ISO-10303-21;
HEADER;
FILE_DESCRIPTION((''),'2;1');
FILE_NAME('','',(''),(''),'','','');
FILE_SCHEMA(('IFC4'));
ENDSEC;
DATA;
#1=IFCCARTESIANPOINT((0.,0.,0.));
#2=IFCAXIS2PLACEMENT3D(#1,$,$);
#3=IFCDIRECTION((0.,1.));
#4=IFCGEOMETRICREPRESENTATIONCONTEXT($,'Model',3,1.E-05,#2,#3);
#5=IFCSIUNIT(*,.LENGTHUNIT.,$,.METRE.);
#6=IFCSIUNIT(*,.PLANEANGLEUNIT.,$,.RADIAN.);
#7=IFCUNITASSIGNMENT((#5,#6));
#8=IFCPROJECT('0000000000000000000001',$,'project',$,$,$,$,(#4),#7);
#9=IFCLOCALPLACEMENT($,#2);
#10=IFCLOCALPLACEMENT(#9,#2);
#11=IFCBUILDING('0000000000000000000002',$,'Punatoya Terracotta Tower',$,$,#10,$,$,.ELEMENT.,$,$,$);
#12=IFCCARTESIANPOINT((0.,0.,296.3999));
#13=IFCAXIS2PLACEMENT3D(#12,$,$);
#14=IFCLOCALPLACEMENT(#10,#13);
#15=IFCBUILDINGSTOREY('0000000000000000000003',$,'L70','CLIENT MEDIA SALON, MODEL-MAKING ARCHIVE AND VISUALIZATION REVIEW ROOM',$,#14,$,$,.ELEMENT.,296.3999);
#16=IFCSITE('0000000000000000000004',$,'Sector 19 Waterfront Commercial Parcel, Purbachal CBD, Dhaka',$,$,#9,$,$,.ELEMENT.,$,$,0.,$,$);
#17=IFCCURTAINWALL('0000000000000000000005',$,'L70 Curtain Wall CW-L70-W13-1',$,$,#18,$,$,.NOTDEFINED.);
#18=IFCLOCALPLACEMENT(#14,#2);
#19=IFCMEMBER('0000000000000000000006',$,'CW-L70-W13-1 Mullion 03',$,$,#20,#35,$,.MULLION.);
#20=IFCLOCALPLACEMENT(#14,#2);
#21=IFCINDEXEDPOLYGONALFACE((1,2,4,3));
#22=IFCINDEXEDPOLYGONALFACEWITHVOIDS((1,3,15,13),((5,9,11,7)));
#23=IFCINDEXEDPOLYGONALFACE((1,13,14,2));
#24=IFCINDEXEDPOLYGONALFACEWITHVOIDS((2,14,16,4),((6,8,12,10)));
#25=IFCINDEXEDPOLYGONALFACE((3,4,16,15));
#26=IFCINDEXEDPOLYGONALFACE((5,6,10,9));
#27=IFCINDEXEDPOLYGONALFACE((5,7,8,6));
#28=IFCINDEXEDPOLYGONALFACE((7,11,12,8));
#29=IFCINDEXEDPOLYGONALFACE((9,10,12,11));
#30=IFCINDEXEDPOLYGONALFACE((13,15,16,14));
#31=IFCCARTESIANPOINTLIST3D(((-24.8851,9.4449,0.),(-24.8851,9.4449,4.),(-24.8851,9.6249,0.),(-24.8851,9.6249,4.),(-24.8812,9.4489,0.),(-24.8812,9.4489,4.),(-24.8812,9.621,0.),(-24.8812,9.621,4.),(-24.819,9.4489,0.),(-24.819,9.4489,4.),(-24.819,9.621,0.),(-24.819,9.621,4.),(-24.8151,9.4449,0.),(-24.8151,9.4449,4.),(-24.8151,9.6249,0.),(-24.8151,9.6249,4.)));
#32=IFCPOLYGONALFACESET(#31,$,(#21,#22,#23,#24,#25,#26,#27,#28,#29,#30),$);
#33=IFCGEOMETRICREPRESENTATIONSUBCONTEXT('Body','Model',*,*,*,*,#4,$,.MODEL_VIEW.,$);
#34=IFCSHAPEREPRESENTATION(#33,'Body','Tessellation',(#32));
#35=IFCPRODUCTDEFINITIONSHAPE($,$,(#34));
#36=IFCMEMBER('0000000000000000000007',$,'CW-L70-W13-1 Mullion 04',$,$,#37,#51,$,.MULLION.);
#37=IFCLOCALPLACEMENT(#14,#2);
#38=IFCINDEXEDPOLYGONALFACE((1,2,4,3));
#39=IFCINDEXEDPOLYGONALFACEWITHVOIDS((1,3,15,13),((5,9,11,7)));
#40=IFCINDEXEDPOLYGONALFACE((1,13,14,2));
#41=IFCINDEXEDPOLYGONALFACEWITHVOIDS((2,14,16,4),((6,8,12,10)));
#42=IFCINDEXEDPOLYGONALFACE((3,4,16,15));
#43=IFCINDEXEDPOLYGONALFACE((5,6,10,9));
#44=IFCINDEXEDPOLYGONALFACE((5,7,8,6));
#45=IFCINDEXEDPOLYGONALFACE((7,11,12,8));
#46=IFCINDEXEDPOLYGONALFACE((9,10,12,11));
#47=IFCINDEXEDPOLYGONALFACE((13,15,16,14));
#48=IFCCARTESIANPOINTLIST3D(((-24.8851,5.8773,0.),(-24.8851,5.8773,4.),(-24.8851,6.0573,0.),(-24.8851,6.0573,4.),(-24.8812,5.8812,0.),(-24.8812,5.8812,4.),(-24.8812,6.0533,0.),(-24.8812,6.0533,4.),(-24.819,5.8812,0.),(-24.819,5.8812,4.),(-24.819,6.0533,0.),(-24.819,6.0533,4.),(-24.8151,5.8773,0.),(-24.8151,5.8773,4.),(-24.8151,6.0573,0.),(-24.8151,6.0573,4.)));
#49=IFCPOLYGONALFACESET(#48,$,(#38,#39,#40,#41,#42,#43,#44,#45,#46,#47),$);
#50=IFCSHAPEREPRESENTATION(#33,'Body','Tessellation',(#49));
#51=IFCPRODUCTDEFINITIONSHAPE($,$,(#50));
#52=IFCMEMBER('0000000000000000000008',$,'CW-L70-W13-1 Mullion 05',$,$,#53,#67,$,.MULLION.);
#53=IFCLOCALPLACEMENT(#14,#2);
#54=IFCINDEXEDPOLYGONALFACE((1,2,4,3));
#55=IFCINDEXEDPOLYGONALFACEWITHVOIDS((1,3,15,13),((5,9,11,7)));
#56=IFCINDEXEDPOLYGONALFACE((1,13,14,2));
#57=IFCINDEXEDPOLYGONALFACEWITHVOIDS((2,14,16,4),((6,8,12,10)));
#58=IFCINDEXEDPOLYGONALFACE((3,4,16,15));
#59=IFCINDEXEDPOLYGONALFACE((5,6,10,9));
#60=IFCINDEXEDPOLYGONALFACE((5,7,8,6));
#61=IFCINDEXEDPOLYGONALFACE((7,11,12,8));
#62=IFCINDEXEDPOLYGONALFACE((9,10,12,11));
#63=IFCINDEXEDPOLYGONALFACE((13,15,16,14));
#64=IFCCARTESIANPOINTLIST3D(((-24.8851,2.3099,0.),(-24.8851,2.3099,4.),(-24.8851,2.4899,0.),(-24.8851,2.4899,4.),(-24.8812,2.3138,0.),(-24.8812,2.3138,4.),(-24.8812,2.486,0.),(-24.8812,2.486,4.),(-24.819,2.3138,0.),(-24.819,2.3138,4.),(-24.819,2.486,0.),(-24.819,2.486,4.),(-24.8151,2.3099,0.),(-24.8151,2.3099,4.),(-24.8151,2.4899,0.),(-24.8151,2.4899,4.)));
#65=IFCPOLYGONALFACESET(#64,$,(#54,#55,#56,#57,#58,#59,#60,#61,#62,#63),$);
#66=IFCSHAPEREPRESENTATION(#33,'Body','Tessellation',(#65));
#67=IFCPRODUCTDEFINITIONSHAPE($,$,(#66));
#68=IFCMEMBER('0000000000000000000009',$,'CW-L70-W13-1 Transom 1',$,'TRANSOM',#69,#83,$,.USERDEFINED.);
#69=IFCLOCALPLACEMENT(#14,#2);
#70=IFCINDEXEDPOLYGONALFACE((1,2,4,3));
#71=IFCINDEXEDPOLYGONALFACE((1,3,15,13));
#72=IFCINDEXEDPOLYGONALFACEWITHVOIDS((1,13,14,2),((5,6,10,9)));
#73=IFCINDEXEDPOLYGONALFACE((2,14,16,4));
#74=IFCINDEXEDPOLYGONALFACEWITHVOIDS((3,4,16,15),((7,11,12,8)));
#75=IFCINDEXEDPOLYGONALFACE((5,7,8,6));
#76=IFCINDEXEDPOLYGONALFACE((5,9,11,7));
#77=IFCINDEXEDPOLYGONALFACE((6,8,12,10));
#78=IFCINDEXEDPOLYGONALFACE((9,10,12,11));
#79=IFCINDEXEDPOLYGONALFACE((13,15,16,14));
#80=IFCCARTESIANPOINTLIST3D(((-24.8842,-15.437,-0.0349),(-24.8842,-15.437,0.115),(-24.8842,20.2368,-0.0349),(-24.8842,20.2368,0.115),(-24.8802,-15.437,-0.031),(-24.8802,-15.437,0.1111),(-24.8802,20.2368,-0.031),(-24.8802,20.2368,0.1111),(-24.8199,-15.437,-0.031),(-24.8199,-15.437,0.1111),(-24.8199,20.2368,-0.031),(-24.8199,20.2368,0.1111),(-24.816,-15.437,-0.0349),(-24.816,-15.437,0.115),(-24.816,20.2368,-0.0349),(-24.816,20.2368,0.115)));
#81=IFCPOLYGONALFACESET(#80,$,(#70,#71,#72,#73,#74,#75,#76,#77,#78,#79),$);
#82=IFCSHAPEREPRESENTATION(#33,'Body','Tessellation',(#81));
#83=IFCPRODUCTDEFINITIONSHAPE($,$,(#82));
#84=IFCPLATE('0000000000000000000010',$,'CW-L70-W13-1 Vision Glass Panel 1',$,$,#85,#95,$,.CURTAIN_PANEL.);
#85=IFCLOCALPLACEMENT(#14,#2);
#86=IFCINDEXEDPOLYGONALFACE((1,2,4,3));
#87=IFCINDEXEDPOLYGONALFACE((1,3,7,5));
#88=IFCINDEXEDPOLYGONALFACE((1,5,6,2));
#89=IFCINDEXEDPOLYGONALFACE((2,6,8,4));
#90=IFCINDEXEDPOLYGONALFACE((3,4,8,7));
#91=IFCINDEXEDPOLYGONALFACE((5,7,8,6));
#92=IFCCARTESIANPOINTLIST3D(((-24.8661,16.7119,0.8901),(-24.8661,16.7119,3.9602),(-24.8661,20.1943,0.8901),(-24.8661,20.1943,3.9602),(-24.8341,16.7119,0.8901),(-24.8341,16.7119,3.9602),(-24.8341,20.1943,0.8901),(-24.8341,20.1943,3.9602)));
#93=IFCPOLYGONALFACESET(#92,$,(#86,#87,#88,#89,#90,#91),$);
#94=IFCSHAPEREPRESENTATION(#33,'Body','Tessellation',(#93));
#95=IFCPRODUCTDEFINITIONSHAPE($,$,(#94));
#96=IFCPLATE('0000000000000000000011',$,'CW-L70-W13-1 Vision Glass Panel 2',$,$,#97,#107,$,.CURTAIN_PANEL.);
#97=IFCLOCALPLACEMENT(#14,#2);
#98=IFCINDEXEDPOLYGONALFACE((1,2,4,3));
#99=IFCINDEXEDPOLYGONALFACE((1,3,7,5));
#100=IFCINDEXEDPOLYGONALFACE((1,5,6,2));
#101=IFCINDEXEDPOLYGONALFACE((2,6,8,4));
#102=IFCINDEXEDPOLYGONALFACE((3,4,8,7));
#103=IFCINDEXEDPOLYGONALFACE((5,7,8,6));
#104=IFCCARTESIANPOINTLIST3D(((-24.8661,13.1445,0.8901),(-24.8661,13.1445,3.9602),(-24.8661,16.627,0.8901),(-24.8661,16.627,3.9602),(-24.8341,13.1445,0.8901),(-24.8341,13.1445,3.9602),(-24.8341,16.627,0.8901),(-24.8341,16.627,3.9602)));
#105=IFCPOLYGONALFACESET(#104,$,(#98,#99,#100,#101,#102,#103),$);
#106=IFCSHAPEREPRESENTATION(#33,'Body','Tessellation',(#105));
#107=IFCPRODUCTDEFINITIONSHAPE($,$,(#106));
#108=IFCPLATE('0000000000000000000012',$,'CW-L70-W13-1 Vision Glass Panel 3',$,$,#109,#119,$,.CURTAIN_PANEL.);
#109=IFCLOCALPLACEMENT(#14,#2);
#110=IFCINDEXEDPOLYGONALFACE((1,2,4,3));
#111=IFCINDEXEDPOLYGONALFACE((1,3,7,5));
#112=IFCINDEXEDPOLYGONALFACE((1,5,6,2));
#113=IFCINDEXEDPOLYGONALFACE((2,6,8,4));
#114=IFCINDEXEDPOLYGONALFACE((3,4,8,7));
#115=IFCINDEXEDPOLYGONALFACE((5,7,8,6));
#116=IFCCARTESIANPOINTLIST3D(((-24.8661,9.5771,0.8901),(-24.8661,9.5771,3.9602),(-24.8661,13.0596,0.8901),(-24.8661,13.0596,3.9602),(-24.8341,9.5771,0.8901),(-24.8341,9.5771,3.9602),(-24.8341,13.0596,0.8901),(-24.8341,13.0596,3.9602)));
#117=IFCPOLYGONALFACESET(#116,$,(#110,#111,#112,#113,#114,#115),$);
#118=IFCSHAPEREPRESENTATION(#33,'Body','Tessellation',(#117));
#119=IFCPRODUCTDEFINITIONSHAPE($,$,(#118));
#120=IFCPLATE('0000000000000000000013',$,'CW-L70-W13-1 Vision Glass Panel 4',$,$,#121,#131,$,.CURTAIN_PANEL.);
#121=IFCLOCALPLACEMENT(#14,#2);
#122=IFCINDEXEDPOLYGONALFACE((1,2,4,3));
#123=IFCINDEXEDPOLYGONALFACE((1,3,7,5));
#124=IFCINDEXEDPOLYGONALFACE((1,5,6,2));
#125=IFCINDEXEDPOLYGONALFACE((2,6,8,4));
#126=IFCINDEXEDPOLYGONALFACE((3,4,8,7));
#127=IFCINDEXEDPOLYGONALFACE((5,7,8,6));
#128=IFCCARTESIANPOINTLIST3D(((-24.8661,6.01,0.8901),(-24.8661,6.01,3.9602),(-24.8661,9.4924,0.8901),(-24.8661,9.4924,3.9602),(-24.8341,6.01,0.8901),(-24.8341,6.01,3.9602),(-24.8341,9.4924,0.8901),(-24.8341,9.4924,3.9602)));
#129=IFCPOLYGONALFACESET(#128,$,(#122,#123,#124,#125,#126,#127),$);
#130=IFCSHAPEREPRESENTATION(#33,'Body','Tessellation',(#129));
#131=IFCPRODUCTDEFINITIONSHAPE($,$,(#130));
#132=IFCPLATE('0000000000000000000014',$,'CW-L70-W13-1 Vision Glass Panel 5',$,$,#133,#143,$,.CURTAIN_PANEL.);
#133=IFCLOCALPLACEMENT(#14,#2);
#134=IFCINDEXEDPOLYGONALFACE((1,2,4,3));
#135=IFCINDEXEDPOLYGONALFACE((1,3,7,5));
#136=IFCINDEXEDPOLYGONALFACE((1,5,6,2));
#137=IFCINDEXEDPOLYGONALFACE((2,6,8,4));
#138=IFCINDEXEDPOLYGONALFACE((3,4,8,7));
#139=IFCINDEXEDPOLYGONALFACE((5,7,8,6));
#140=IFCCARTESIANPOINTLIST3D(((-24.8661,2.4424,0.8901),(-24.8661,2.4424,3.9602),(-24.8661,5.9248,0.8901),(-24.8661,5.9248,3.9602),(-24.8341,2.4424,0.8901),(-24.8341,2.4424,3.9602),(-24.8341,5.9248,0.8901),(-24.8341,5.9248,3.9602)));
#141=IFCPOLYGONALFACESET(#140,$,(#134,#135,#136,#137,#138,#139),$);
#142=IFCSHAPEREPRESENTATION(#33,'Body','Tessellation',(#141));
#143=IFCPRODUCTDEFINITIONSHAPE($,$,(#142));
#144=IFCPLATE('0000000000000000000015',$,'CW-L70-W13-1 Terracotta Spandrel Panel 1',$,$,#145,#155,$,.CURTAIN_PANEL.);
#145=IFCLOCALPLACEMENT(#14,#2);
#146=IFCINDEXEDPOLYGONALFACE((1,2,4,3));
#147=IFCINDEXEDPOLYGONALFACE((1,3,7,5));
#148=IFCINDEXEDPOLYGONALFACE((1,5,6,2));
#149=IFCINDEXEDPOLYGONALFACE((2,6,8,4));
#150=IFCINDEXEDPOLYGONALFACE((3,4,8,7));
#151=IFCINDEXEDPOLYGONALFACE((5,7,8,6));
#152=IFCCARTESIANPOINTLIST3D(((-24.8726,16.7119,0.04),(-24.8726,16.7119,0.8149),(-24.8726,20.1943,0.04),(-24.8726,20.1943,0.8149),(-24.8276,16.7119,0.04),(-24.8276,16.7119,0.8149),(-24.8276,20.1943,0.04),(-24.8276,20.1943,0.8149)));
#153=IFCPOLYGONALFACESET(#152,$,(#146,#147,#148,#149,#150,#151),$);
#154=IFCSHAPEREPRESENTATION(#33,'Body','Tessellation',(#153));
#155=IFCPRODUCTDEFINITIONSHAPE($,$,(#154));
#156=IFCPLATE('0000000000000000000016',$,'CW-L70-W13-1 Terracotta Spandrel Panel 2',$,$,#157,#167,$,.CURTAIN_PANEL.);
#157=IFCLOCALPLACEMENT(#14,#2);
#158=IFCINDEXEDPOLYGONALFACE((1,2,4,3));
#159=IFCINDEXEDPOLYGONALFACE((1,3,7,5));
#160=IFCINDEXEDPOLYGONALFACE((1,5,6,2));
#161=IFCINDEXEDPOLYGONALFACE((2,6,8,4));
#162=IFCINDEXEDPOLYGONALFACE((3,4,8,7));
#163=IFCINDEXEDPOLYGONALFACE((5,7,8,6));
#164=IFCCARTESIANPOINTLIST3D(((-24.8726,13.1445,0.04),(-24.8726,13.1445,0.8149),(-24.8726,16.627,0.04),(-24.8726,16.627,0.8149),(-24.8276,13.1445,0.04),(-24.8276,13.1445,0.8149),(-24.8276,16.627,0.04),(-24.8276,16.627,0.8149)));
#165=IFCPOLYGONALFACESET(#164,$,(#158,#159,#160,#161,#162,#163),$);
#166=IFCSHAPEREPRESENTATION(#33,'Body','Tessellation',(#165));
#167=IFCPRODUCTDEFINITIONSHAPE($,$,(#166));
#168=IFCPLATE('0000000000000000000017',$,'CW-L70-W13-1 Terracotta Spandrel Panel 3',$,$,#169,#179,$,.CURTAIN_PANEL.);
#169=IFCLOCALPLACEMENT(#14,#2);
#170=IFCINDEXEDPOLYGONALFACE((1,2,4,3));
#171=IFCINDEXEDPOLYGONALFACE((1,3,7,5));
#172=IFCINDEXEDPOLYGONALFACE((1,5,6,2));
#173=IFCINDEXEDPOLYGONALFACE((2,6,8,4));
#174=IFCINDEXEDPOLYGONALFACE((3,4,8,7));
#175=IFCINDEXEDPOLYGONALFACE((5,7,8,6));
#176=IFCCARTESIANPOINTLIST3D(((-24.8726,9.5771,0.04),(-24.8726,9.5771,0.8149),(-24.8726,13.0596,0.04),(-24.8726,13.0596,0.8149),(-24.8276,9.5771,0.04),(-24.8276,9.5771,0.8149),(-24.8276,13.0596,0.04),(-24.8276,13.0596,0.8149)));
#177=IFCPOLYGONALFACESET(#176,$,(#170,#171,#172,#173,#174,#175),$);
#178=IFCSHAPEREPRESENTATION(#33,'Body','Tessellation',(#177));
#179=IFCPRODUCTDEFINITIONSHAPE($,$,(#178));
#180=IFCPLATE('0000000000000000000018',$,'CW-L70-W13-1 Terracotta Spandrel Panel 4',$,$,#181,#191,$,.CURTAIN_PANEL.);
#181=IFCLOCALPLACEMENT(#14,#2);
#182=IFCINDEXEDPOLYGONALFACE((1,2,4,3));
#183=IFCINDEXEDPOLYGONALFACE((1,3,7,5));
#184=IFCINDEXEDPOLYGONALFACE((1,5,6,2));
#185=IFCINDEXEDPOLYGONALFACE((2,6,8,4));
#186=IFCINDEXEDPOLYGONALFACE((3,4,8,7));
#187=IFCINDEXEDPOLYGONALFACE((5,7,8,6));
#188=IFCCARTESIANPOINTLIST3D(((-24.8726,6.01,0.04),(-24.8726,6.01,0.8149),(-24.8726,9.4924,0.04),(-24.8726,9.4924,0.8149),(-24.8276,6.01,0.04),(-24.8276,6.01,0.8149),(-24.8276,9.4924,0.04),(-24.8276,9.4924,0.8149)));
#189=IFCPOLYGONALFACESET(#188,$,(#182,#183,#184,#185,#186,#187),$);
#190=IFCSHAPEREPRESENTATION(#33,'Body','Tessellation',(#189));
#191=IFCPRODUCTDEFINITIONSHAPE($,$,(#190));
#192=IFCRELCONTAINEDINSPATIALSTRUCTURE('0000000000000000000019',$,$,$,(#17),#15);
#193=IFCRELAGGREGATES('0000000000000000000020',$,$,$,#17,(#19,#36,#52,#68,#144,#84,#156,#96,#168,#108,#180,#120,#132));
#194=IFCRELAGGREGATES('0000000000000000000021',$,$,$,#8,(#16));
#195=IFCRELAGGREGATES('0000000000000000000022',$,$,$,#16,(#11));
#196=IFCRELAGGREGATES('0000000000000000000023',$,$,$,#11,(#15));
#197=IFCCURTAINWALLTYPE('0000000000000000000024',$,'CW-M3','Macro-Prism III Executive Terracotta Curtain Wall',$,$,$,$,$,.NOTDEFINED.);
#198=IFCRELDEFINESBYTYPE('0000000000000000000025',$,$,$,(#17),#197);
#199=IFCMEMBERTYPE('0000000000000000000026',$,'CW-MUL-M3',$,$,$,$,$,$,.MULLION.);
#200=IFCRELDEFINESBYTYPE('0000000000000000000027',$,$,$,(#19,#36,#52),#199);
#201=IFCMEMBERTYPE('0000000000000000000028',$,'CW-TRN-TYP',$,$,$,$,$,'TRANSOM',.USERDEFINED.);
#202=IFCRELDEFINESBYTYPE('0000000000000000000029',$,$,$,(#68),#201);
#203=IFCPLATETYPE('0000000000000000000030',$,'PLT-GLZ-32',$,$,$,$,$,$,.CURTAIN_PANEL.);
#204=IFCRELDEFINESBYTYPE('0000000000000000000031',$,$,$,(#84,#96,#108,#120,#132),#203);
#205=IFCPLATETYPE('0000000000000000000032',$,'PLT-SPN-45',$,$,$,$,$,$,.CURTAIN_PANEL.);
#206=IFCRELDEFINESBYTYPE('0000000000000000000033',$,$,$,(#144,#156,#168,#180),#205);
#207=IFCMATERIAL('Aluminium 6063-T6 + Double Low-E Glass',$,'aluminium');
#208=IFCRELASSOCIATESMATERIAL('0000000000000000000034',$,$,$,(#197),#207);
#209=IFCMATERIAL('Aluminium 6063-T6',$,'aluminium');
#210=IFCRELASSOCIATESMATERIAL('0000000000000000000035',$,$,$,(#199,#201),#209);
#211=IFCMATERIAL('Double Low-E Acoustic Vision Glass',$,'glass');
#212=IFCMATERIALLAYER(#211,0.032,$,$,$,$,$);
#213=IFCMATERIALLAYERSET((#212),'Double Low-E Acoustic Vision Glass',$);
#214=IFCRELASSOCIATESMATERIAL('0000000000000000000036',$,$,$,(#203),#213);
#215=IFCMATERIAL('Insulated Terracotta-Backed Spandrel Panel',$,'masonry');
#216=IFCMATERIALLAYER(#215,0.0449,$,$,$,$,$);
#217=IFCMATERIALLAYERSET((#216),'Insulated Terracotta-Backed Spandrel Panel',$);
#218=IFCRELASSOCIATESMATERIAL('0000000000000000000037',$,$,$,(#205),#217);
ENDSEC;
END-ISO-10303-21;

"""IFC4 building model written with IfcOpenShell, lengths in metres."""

from ifc_helpers import new_model, si_unit, direction, frame, origin, origin_2d, place, context, subcontext, project, spatial, rectangle, hollow_rectangle, extrude, material, layer, layer_set, material_profile, profile_set, type_object, element, aggregate, save


model = new_model("IFC4")

# Units and contexts
model_context = context("Model", 3, precision=1e-05, world=origin(), true_north=direction((0.0, 1.0)))
body_context = subcontext(model_context, "Body", "Model", "MODEL_VIEW")
ifc_project = project(units=[si_unit("LENGTHUNIT", "METRE"), si_unit("PLANEANGLEUNIT", "RADIAN")], contexts=[model_context])

# Site, building, storey
site_placement = place(None, origin())
site = spatial("IfcSite", under=ifc_project, at=site_placement, Name="Sector 19 Waterfront Commercial Parcel, Purbachal CBD, Dhaka", CompositionType="ELEMENT", RefElevation=0.0)
building_placement = place(site_placement, origin())
building = spatial("IfcBuilding", under=site, at=building_placement, Name="Punatoya Terracotta Tower", CompositionType="ELEMENT")
storey_placement = place(building_placement, frame((0.0, 0.0, 296.3999)))
storey = spatial("IfcBuildingStorey", under=building, at=storey_placement, Name="L70", Description="CLIENT MEDIA SALON, MODEL-MAKING ARCHIVE AND VISUALIZATION REVIEW ROOM", CompositionType="ELEMENT", Elevation=296.3999)

# Curtain wall, members, plates
ifc_material_1 = material(Name="Aluminium 6063-T6 + Double Low-E Glass", Category="aluminium")
curtain_wall_type = type_object("IfcCurtainWallType", Name="CW-M3", Description="Macro-Prism III Executive Terracotta Curtain Wall", PredefinedType="NOTDEFINED", material=ifc_material_1)
curtain_wall_placement = place(storey_placement, origin())
curtain_wall = element("IfcCurtainWall", 1, at=curtain_wall_placement, inside=storey, type_object=curtain_wall_type, Name="L70 Curtain Wall CW-L70-W13-1", PredefinedType="NOTDEFINED")
ifc_material_2 = material(Name="Aluminium 6063-T6", Category="aluminium")
ifc_material_profile_1 = material_profile(ifc_material_2, hollow_rectangle(XDim=0.0701, YDim=0.1799, WallThickness=0.0039, at=origin_2d()))
ifc_profile_set_1 = profile_set([ifc_material_profile_1], Name="Aluminium 6063-T6")
member_type_1 = type_object("IfcMemberType", Name="CW-MUL-M3", PredefinedType="MULLION", material=ifc_profile_set_1)
member_1_placement = place(storey_placement, frame((-24.8501, 9.5349, 0.0), z_axis=(0.0, 0.0, 1.0), x_axis=(1.0, 0.0, 0.0)))
member_1 = element("IfcMember", 2, at=member_1_placement, type_object=member_type_1, Name="CW-L70-W13-1 Mullion 03", PredefinedType="MULLION", context=body_context, shape_type="SweptSolid", body=[
    extrude(hollow_rectangle(XDim=0.0701, YDim=0.1799, WallThickness=0.0039, at=origin_2d()), origin(), (0.0, 0.0, 1.0), 4.0),
])
member_2_placement = place(storey_placement, frame((-24.8501, 5.9673, 0.0), z_axis=(0.0, 0.0, 1.0), x_axis=(1.0, 0.0, 0.0)))
member_2 = element("IfcMember", 3, at=member_2_placement, type_object=member_type_1, Name="CW-L70-W13-1 Mullion 04", PredefinedType="MULLION", context=body_context, shape_type="SweptSolid", body=[
    extrude(hollow_rectangle(XDim=0.0701, YDim=0.1799, WallThickness=0.0039, at=origin_2d()), origin(), (0.0, 0.0, 1.0), 4.0),
])
member_3_placement = place(storey_placement, frame((-24.8501, 2.3999, 0.0), z_axis=(0.0, 0.0, 1.0), x_axis=(1.0, 0.0, 0.0)))
member_3 = element("IfcMember", 4, at=member_3_placement, type_object=member_type_1, Name="CW-L70-W13-1 Mullion 05", PredefinedType="MULLION", context=body_context, shape_type="SweptSolid", body=[
    extrude(hollow_rectangle(XDim=0.0701, YDim=0.1799, WallThickness=0.0039, at=origin_2d()), origin(), (0.0, 0.0, 1.0), 4.0),
])
ifc_material_profile_2 = material_profile(ifc_material_2, hollow_rectangle(XDim=0.0681, YDim=0.1499, WallThickness=0.0039, at=origin_2d()))
ifc_profile_set_2 = profile_set([ifc_material_profile_2], Name="Aluminium 6063-T6")
member_type_2 = type_object("IfcMemberType", Name="CW-TRN-TYP", ElementType="TRANSOM", PredefinedType="USERDEFINED", material=ifc_profile_set_2)
member_4_placement = place(storey_placement, frame((-24.8501, 20.2368, 0.04), z_axis=(0.0, -1.0, 0.0), x_axis=(1.0, 0.0, 0.0)))
member_4 = element("IfcMember", 5, at=member_4_placement, type_object=member_type_2, Name="CW-L70-W13-1 Transom 1", ObjectType="TRANSOM", PredefinedType="USERDEFINED", context=body_context, shape_type="SweptSolid", body=[
    extrude(hollow_rectangle(XDim=0.0681, YDim=0.1499, WallThickness=0.0039, at=origin_2d()), origin(), (0.0, 0.0, 1.0), 35.6738),
])
ifc_material_3 = material(Name="Double Low-E Acoustic Vision Glass", Category="glass")
ifc_layer_1 = layer(ifc_material_3, 0.032)
ifc_layer_set_1 = layer_set([ifc_layer_1], Name="Double Low-E Acoustic Vision Glass")
plate_type_1 = type_object("IfcPlateType", Name="PLT-GLZ-32", PredefinedType="CURTAIN_PANEL", material=ifc_layer_set_1)
plate_1_placement = place(storey_placement, frame((-24.8501, 18.4531, 0.8901), z_axis=(0.0, 0.0, 1.0), x_axis=(0.0, -1.0, 0.0)))
plate_1 = element("IfcPlate", 6, at=plate_1_placement, type_object=plate_type_1, Name="CW-L70-W13-1 Vision Glass Panel 1", PredefinedType="CURTAIN_PANEL", context=body_context, shape_type="SweptSolid", body=[
    extrude(rectangle(XDim=3.4824, YDim=0.032, at=origin_2d()), origin(), (0.0, 0.0, 1.0), 3.0701),
])
plate_2_placement = place(storey_placement, frame((-24.8501, 14.8857, 0.8901), z_axis=(0.0, 0.0, 1.0), x_axis=(0.0, -1.0, 0.0)))
plate_2 = element("IfcPlate", 7, at=plate_2_placement, type_object=plate_type_1, Name="CW-L70-W13-1 Vision Glass Panel 2", PredefinedType="CURTAIN_PANEL", context=body_context, shape_type="SweptSolid", body=[
    extrude(rectangle(XDim=3.4824, YDim=0.032, at=origin_2d()), origin(), (0.0, 0.0, 1.0), 3.0701),
])
plate_3_placement = place(storey_placement, frame((-24.8501, 11.3184, 0.8901), z_axis=(0.0, 0.0, 1.0), x_axis=(0.0, -1.0, 0.0)))
plate_3 = element("IfcPlate", 8, at=plate_3_placement, type_object=plate_type_1, Name="CW-L70-W13-1 Vision Glass Panel 3", PredefinedType="CURTAIN_PANEL", context=body_context, shape_type="SweptSolid", body=[
    extrude(rectangle(XDim=3.4824, YDim=0.032, at=origin_2d()), origin(), (0.0, 0.0, 1.0), 3.0701),
])
plate_4_placement = place(storey_placement, frame((-24.8501, 7.7512, 0.8901), z_axis=(0.0, 0.0, 1.0), x_axis=(0.0, -1.0, 0.0)))
plate_4 = element("IfcPlate", 9, at=plate_4_placement, type_object=plate_type_1, Name="CW-L70-W13-1 Vision Glass Panel 4", PredefinedType="CURTAIN_PANEL", context=body_context, shape_type="SweptSolid", body=[
    extrude(rectangle(XDim=3.4824, YDim=0.032, at=origin_2d()), origin(), (0.0, 0.0, 1.0), 3.0701),
])
plate_5_placement = place(storey_placement, frame((-24.8501, 4.1836, 0.8901), z_axis=(0.0, 0.0, 1.0), x_axis=(0.0, -1.0, 0.0)))
plate_5 = element("IfcPlate", 10, at=plate_5_placement, type_object=plate_type_1, Name="CW-L70-W13-1 Vision Glass Panel 5", PredefinedType="CURTAIN_PANEL", context=body_context, shape_type="SweptSolid", body=[
    extrude(rectangle(XDim=3.4824, YDim=0.032, at=origin_2d()), origin(), (0.0, 0.0, 1.0), 3.0701),
])
ifc_material_4 = material(Name="Insulated Terracotta-Backed Spandrel Panel", Category="masonry")
ifc_layer_2 = layer(ifc_material_4, 0.0449)
ifc_layer_set_2 = layer_set([ifc_layer_2], Name="Insulated Terracotta-Backed Spandrel Panel")
plate_type_2 = type_object("IfcPlateType", Name="PLT-SPN-45", PredefinedType="CURTAIN_PANEL", material=ifc_layer_set_2)
plate_6_placement = place(storey_placement, frame((-24.8501, 18.4531, 0.04), z_axis=(0.0, 0.0, 1.0), x_axis=(0.0, -1.0, 0.0)))
plate_6 = element("IfcPlate", 11, at=plate_6_placement, type_object=plate_type_2, Name="CW-L70-W13-1 Terracotta Spandrel Panel 1", PredefinedType="CURTAIN_PANEL", context=body_context, shape_type="SweptSolid", body=[
    extrude(rectangle(XDim=3.4824, YDim=0.0449, at=origin_2d()), origin(), (0.0, 0.0, 1.0), 0.7749),
])
plate_7_placement = place(storey_placement, frame((-24.8501, 14.8857, 0.04), z_axis=(0.0, 0.0, 1.0), x_axis=(0.0, -1.0, 0.0)))
plate_7 = element("IfcPlate", 12, at=plate_7_placement, type_object=plate_type_2, Name="CW-L70-W13-1 Terracotta Spandrel Panel 2", PredefinedType="CURTAIN_PANEL", context=body_context, shape_type="SweptSolid", body=[
    extrude(rectangle(XDim=3.4824, YDim=0.0449, at=origin_2d()), origin(), (0.0, 0.0, 1.0), 0.7749),
])
plate_8_placement = place(storey_placement, frame((-24.8501, 11.3184, 0.04), z_axis=(0.0, 0.0, 1.0), x_axis=(0.0, -1.0, 0.0)))
plate_8 = element("IfcPlate", 13, at=plate_8_placement, type_object=plate_type_2, Name="CW-L70-W13-1 Terracotta Spandrel Panel 3", PredefinedType="CURTAIN_PANEL", context=body_context, shape_type="SweptSolid", body=[
    extrude(rectangle(XDim=3.4824, YDim=0.0449, at=origin_2d()), origin(), (0.0, 0.0, 1.0), 0.7749),
])
plate_9_placement = place(storey_placement, frame((-24.8501, 7.7512, 0.04), z_axis=(0.0, 0.0, 1.0), x_axis=(0.0, -1.0, 0.0)))
plate_9 = element("IfcPlate", 14, at=plate_9_placement, type_object=plate_type_2, Name="CW-L70-W13-1 Terracotta Spandrel Panel 4", PredefinedType="CURTAIN_PANEL", context=body_context, shape_type="SweptSolid", body=[
    extrude(rectangle(XDim=3.4824, YDim=0.0449, at=origin_2d()), origin(), (0.0, 0.0, 1.0), 0.7749),
])
aggregate(curtain_wall, [member_1, member_2, member_3, member_4, plate_6, plate_1, plate_7, plate_2, plate_8, plate_3, plate_9, plate_4, plate_5])

save(model, "model.ifc")
